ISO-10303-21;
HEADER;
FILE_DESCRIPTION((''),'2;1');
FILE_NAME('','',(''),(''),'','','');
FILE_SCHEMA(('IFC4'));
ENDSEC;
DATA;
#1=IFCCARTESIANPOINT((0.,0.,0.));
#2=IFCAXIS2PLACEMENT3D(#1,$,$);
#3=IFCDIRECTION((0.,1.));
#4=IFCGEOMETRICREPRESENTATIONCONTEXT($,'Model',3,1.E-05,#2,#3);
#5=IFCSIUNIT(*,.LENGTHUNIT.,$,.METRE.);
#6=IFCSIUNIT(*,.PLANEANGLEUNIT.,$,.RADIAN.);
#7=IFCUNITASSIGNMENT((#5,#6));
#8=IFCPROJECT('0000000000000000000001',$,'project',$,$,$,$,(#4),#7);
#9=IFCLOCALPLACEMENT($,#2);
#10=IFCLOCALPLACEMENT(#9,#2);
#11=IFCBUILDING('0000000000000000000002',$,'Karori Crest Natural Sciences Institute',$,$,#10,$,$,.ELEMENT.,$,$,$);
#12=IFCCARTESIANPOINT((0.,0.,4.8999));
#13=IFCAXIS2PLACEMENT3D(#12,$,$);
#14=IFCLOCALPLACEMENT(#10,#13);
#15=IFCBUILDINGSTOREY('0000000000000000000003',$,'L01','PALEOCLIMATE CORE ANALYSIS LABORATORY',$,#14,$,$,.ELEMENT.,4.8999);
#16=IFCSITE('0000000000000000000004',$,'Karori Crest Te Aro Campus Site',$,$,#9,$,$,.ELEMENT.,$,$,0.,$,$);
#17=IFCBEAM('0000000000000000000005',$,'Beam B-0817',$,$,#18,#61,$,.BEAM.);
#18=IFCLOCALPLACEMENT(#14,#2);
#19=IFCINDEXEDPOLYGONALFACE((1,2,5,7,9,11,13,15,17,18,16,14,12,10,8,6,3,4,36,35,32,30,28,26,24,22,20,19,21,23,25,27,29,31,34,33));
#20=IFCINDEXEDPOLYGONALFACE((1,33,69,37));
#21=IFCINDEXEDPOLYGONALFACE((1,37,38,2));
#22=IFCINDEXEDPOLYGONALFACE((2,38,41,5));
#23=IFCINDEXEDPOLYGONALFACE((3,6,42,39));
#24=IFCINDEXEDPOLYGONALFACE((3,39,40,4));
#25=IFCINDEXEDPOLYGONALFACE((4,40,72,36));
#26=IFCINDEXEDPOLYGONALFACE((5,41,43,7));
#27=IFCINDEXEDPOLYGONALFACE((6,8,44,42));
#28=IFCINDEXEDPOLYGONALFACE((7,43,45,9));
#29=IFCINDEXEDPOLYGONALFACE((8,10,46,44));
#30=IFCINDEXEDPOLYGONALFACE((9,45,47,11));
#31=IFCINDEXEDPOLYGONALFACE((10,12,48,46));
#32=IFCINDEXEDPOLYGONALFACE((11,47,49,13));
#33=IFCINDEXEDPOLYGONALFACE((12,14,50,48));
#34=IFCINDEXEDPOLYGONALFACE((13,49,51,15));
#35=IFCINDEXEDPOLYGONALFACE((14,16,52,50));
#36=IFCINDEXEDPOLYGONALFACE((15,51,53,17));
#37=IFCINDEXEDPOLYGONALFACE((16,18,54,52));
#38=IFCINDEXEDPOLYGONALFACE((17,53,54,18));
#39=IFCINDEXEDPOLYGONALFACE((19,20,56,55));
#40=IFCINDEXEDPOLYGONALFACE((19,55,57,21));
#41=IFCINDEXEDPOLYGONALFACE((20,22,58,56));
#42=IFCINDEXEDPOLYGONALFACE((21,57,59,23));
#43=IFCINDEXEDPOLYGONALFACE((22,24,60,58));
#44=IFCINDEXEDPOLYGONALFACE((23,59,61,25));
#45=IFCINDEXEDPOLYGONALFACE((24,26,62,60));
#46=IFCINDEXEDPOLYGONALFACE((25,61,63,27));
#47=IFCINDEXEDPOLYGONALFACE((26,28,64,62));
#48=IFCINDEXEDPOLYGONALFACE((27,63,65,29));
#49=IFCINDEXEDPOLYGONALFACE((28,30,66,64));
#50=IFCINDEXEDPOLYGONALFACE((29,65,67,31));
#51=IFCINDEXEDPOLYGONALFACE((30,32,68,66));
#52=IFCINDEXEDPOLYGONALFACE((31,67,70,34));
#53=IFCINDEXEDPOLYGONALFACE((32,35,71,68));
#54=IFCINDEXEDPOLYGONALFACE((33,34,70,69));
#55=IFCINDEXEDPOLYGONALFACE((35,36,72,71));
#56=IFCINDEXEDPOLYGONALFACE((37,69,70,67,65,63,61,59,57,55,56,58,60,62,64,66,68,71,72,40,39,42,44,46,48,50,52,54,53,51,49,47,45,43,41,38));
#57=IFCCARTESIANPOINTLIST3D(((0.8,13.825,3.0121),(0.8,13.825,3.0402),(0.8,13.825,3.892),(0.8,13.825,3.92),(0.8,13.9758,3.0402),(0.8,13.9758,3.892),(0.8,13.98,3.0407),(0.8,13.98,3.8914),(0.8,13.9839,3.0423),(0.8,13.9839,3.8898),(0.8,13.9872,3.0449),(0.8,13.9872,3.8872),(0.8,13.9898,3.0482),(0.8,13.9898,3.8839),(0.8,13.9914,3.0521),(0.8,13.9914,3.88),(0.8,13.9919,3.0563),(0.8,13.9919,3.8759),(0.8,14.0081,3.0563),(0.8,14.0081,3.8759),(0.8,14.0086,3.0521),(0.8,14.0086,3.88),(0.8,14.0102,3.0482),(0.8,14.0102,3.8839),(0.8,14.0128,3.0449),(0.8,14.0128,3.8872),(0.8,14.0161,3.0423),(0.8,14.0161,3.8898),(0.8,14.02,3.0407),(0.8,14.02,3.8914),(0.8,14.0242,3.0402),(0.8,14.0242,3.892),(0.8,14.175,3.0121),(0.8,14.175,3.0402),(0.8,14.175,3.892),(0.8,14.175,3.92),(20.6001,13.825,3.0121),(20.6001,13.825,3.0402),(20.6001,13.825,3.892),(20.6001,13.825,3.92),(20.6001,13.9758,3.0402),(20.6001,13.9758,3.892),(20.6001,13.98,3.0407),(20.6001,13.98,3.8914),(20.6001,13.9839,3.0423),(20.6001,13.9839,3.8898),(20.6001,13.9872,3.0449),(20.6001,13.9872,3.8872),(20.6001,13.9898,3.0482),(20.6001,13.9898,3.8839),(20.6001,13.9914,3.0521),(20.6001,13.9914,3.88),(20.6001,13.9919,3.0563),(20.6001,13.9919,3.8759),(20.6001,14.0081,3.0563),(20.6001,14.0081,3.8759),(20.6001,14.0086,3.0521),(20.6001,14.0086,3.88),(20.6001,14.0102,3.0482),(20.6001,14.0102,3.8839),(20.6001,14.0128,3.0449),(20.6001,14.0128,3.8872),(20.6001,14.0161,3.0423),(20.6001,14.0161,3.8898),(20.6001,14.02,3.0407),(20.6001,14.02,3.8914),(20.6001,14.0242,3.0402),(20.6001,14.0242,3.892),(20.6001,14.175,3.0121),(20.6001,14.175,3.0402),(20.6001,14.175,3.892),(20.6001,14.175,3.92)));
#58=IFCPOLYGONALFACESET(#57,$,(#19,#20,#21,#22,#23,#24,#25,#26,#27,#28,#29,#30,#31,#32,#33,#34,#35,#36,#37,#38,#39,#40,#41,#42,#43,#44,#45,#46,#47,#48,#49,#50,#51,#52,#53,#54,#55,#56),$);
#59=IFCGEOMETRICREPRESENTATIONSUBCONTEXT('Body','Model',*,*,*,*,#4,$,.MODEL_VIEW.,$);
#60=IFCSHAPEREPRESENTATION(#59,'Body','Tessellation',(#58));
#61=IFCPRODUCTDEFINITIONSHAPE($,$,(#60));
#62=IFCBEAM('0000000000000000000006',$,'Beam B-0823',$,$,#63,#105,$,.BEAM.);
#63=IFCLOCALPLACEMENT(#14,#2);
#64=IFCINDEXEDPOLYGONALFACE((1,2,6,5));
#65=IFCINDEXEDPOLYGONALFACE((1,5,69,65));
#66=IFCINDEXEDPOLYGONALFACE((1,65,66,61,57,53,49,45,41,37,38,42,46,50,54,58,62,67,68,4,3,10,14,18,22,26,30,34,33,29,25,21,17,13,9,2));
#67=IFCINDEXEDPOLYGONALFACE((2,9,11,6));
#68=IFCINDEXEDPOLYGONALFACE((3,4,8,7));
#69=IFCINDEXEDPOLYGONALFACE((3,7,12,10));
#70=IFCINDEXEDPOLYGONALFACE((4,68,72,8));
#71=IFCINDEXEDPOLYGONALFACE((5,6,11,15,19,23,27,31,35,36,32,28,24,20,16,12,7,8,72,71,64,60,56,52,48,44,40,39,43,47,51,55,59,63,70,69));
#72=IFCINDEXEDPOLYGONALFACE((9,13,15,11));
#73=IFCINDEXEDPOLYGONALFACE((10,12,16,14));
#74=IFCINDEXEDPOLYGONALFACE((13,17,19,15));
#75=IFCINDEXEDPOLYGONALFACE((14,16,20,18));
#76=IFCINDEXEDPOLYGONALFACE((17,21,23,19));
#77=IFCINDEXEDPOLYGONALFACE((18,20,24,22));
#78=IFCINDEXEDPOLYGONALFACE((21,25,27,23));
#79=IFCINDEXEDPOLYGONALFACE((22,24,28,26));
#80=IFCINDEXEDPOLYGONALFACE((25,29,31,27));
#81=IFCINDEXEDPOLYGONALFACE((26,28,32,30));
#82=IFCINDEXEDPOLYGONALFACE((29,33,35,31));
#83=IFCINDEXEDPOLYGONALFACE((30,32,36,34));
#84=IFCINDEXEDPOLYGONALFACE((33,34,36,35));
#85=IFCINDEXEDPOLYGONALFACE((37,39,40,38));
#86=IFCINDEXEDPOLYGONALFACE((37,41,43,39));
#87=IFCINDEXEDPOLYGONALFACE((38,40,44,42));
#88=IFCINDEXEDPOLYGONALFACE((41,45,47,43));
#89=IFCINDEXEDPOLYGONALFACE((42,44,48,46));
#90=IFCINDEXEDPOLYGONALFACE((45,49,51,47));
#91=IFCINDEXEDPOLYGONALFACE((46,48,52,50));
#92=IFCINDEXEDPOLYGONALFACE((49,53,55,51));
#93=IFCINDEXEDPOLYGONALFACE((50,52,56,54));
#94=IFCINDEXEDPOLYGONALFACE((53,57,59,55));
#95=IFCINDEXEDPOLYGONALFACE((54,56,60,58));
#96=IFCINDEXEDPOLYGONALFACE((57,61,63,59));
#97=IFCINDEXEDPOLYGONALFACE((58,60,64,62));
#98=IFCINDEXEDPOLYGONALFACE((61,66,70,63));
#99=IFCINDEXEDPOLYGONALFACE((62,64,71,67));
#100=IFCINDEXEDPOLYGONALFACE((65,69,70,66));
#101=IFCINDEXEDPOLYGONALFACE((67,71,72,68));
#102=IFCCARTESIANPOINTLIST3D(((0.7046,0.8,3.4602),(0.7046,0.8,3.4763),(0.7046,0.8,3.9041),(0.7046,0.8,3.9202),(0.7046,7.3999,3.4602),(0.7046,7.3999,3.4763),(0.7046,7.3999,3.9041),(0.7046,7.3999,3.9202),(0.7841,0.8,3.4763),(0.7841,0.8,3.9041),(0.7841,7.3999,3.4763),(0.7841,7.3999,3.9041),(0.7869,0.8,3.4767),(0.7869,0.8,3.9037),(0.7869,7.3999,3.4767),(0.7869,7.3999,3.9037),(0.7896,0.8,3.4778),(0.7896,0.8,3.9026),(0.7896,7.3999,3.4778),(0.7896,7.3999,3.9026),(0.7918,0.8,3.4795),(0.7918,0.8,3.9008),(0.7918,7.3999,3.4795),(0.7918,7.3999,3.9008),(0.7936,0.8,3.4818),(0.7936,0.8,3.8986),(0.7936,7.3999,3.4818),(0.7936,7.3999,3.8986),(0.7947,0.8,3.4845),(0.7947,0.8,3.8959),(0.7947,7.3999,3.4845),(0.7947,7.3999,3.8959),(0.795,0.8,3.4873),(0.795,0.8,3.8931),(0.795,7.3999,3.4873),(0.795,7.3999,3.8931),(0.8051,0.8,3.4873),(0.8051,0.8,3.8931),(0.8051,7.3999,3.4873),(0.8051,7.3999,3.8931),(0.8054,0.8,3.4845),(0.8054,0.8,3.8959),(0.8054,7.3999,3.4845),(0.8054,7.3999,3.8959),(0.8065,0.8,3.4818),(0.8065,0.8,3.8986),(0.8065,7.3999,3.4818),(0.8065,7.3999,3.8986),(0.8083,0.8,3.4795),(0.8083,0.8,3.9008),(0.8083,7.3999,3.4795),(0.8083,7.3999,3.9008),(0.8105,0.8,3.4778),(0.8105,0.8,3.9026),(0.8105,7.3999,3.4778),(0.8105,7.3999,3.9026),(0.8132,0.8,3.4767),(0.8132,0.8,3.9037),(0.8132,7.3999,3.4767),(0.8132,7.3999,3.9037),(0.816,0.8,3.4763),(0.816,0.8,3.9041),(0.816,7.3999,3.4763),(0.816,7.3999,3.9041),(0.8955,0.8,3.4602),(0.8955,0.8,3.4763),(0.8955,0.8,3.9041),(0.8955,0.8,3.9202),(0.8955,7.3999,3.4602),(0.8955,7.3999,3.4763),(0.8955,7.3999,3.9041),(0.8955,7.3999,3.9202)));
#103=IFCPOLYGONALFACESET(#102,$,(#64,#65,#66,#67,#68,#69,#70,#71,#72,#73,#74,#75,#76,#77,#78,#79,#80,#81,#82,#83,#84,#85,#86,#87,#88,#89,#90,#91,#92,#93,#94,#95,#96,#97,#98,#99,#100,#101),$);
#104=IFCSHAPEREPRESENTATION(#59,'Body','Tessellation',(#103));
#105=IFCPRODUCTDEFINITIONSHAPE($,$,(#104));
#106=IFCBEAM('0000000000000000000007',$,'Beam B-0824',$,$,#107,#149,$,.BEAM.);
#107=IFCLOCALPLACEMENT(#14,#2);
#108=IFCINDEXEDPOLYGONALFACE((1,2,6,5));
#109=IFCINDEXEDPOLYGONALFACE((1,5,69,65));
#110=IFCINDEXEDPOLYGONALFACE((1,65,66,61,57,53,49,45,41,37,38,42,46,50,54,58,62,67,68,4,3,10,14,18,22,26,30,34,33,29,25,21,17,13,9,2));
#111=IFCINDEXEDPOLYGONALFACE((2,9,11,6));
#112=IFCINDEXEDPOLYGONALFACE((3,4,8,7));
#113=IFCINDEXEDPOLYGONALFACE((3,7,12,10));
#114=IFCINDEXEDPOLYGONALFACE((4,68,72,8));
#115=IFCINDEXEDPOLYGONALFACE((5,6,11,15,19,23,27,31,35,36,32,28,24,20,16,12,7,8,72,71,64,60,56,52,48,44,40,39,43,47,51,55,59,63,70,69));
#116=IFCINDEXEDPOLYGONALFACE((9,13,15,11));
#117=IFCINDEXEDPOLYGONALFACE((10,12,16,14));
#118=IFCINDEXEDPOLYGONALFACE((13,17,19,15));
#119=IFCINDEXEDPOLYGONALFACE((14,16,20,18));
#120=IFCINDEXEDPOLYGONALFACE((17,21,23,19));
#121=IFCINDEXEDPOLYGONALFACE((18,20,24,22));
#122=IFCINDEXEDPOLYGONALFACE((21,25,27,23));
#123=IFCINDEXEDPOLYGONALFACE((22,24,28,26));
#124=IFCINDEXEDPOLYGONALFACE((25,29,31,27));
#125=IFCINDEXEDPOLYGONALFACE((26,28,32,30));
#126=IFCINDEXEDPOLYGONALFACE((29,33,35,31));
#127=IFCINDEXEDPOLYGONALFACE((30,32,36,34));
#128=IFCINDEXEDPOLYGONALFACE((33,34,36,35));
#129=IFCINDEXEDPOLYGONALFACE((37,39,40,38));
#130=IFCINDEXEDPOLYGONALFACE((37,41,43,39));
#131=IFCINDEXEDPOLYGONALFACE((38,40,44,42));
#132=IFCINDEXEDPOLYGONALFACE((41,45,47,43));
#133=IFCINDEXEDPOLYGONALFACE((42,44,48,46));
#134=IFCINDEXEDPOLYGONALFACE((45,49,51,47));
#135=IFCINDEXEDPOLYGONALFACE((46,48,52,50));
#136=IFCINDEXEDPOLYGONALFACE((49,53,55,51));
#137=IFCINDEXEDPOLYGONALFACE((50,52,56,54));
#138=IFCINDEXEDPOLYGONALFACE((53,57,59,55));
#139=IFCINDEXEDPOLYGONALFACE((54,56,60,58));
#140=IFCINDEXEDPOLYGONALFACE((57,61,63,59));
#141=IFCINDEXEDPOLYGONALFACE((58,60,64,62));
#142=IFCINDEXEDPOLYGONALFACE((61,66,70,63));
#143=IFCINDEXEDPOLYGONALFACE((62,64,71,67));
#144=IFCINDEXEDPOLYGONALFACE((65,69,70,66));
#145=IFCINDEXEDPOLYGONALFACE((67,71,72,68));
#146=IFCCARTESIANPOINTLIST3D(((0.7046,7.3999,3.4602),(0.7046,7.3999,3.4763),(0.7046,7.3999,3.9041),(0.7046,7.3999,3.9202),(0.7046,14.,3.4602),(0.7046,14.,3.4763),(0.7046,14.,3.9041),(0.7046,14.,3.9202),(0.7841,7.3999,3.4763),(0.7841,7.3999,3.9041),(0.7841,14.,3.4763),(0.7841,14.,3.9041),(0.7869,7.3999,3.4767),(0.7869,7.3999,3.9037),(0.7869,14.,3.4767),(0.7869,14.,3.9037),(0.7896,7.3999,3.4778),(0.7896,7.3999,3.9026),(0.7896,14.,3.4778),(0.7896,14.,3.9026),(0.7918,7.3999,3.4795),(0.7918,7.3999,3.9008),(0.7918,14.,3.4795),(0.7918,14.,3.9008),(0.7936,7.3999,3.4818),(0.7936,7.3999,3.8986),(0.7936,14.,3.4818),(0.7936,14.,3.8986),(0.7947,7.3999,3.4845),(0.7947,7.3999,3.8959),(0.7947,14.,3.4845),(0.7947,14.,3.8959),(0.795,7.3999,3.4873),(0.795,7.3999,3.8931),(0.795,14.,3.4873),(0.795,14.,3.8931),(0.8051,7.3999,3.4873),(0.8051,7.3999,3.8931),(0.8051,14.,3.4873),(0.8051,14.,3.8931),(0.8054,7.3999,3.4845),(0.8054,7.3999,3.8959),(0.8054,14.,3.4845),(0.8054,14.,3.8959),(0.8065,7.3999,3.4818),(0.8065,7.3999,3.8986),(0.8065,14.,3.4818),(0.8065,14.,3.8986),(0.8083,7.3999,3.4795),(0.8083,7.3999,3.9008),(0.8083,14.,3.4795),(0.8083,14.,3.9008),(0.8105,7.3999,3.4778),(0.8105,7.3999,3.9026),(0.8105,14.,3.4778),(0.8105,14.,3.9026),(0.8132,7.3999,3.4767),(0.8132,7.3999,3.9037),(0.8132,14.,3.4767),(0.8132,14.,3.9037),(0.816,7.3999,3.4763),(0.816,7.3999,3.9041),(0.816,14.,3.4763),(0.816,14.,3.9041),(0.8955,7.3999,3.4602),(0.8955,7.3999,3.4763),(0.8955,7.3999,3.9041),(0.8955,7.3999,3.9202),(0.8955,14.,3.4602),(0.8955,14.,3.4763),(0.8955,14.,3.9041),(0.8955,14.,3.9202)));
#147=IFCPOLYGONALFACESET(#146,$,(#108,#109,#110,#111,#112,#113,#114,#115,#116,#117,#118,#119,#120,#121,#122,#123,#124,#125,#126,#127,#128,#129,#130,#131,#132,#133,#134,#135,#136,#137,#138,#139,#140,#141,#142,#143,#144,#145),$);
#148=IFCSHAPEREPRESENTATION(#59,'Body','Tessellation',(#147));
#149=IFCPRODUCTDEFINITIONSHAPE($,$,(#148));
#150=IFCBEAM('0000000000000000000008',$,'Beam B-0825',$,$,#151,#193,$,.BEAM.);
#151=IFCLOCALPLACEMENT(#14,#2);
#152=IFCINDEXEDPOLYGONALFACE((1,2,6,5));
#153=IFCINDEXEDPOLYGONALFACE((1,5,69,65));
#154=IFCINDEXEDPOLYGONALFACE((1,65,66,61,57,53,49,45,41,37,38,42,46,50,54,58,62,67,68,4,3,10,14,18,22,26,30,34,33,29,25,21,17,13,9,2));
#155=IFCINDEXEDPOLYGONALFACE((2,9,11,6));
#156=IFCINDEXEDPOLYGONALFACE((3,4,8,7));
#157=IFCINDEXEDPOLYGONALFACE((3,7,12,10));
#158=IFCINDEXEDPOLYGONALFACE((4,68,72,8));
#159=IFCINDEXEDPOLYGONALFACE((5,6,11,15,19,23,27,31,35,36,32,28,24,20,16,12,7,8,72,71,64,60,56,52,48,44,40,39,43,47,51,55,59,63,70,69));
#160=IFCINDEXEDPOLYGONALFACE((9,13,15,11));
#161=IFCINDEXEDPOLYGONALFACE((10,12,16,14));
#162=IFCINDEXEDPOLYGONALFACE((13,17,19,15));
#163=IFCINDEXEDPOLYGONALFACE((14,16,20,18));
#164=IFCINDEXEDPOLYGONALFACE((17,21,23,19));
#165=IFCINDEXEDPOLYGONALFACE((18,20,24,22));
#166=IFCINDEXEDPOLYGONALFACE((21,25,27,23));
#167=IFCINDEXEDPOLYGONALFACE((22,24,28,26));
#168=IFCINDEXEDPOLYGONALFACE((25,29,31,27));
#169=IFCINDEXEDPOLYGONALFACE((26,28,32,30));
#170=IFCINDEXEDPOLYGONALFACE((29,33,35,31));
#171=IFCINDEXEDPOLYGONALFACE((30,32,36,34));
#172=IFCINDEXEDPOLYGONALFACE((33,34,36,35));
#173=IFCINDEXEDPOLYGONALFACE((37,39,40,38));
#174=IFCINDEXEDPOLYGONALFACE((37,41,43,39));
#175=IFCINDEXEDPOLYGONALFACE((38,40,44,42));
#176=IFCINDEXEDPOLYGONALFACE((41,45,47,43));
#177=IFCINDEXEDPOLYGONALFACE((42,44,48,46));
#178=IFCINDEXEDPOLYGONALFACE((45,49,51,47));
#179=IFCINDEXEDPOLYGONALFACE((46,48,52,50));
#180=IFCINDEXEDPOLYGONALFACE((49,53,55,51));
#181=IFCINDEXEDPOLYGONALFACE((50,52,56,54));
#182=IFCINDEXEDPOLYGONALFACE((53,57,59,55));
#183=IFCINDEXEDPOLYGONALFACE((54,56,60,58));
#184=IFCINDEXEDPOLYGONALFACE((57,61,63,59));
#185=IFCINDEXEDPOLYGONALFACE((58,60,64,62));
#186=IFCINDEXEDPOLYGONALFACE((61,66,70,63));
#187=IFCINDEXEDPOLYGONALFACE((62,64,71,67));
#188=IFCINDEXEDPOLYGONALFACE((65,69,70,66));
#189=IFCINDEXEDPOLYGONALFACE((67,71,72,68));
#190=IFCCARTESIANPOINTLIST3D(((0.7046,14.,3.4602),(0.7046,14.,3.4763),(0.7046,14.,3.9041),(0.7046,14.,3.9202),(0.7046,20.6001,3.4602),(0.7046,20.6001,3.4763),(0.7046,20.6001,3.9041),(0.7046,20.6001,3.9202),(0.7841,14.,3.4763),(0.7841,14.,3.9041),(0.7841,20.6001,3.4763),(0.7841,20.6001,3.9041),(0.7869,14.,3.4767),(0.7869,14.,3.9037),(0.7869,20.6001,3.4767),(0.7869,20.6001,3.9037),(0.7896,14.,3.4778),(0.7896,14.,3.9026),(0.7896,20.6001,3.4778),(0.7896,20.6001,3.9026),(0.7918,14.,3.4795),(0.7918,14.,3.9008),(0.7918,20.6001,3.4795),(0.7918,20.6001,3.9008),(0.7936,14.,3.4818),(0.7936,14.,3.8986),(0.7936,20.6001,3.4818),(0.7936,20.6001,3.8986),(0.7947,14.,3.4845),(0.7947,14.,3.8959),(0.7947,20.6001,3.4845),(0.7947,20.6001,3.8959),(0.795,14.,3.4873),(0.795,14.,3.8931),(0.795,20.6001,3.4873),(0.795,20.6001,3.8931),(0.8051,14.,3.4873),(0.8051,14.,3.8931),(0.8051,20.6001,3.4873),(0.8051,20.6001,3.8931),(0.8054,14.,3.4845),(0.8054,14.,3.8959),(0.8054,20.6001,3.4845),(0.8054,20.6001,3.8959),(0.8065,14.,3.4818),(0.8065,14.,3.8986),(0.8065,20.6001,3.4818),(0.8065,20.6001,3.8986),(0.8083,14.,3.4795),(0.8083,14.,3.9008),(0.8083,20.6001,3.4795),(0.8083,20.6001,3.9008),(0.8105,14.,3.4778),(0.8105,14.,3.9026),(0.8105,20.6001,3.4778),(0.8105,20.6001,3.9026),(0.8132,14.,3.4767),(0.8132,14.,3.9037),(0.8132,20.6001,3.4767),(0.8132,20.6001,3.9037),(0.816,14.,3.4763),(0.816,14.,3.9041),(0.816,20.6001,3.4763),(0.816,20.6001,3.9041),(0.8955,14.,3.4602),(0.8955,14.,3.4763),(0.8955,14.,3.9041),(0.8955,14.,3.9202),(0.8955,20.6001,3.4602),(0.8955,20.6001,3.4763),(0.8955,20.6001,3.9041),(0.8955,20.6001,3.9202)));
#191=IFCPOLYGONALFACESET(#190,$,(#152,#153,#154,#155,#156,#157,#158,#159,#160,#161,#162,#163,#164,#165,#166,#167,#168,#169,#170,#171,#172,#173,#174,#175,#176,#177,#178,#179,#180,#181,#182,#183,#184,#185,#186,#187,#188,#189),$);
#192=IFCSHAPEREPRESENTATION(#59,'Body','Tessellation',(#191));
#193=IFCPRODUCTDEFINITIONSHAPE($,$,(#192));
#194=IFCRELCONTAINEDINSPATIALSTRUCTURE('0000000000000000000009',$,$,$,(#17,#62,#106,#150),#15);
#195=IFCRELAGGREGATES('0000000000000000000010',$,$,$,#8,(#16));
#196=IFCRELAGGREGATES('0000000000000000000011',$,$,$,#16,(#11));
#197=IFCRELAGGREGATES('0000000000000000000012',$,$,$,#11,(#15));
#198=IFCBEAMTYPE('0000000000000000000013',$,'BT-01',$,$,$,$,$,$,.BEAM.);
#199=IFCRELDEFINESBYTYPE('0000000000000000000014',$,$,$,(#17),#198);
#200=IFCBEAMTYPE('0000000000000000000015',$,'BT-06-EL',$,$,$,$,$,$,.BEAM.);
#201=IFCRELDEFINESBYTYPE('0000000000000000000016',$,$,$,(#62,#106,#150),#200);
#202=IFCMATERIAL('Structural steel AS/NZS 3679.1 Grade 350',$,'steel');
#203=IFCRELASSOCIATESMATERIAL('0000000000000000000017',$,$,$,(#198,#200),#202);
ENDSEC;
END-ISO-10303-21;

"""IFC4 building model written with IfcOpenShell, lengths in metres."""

from ifc_helpers import new_model, si_unit, direction, frame, origin, origin_2d, place, context, subcontext, project, spatial, i_section, extrude, material, material_profile, profile_set, type_object, element, save


model = new_model("IFC4")

# Units and contexts
model_context = context("Model", 3, precision=1e-05, world=origin(), true_north=direction((0.0, 1.0)))
body_context = subcontext(model_context, "Body", "Model", "MODEL_VIEW")
ifc_project = project(units=[si_unit("LENGTHUNIT", "METRE"), si_unit("PLANEANGLEUNIT", "RADIAN")], contexts=[model_context])

# Site, building, storey
site_placement = place(None, origin())
site = spatial("IfcSite", under=ifc_project, at=site_placement, Name="Karori Crest Te Aro Campus Site", CompositionType="ELEMENT", RefElevation=0.0)
building_placement = place(site_placement, origin())
building = spatial("IfcBuilding", under=site, at=building_placement, Name="Karori Crest Natural Sciences Institute", CompositionType="ELEMENT")
storey_placement = place(building_placement, frame((0.0, 0.0, 4.8999)))
storey = spatial("IfcBuildingStorey", under=building, at=storey_placement, Name="L01", Description="PALEOCLIMATE CORE ANALYSIS LABORATORY", CompositionType="ELEMENT", Elevation=4.8999)

# Shared definitions
ifc_material_1 = material(Name="Structural steel AS/NZS 3679.1 Grade 350", Category="steel")

# Beams
ifc_material_profile_1 = material_profile(ifc_material_1, i_section(OverallWidth=0.3501, OverallDepth=0.908, WebThickness=0.0161, FlangeThickness=0.0281, FilletRadius=0.0161, at=origin_2d()), Name="900WB257")
ifc_profile_set_1 = profile_set([ifc_material_profile_1], Name="Structural steel AS/NZS 3679.1 Grade 350")
beam_type_1 = type_object("IfcBeamType", Name="BT-01", PredefinedType="BEAM", material=ifc_profile_set_1)
for number, where, z_axis, x_axis, name in (
    (1, (0.8, 14.0, 3.4661), (1.0, 0.0, 0.0), (0.0, 1.0, 0.0), "Beam B-0817"),
):
    element("IfcBeam", number, at=place(storey_placement, frame(where, z_axis=z_axis, x_axis=x_axis)), inside=storey, type_object=beam_type_1, Name=name, PredefinedType="BEAM", context=body_context, shape_type="SweptSolid", body=[
        extrude(i_section(OverallWidth=0.3501, OverallDepth=0.908, WebThickness=0.0161, FlangeThickness=0.0281, FilletRadius=0.0161, at=origin_2d()), origin(), (0.0, 0.0, 1.0), 19.8),
    ])
ifc_material_profile_2 = material_profile(ifc_material_1, i_section(OverallWidth=0.1909, OverallDepth=0.46, WebThickness=0.01, FlangeThickness=0.0161, FilletRadius=0.011, at=origin_2d()), Name="460UB82.1")
ifc_profile_set_2 = profile_set([ifc_material_profile_2], Name="Structural steel AS/NZS 3679.1 Grade 350")
beam_type_2 = type_object("IfcBeamType", Name="BT-06-EL", PredefinedType="BEAM", material=ifc_profile_set_2)
beam_1_placement = place(storey_placement, frame((0.8, 0.8, 3.6902), z_axis=(0.0, 1.0, 0.0), x_axis=(-1.0, 0.0, 0.0)))
element("IfcBeam", 2, at=beam_1_placement, inside=storey, type_object=beam_type_2, Name="Beam B-0823", PredefinedType="BEAM", context=body_context, shape_type="SweptSolid", body=[
    extrude(i_section(OverallWidth=0.1909, OverallDepth=0.46, WebThickness=0.01, FlangeThickness=0.0161, FilletRadius=0.011, at=origin_2d()), origin(), (0.0, 0.0, 1.0), 6.5999),
])
for number, where, z_axis, x_axis, name in (
    (3, (0.8, 7.3999, 3.6902), (0.0, 1.0, 0.0), (-1.0, 0.0, 0.0), "Beam B-0824"),
    (4, (0.8, 14.0, 3.6902), (0.0, 1.0, 0.0), (-1.0, 0.0, 0.0), "Beam B-0825"),
):
    element("IfcBeam", number, at=place(storey_placement, frame(where, z_axis=z_axis, x_axis=x_axis)), inside=storey, type_object=beam_type_2, Name=name, PredefinedType="BEAM", context=body_context, shape_type="SweptSolid", body=[
        extrude(i_section(OverallWidth=0.1909, OverallDepth=0.46, WebThickness=0.01, FlangeThickness=0.0161, FilletRadius=0.011, at=origin_2d()), origin(), (0.0, 0.0, 1.0), 6.6001),
    ])

save(model, "model.ifc")
